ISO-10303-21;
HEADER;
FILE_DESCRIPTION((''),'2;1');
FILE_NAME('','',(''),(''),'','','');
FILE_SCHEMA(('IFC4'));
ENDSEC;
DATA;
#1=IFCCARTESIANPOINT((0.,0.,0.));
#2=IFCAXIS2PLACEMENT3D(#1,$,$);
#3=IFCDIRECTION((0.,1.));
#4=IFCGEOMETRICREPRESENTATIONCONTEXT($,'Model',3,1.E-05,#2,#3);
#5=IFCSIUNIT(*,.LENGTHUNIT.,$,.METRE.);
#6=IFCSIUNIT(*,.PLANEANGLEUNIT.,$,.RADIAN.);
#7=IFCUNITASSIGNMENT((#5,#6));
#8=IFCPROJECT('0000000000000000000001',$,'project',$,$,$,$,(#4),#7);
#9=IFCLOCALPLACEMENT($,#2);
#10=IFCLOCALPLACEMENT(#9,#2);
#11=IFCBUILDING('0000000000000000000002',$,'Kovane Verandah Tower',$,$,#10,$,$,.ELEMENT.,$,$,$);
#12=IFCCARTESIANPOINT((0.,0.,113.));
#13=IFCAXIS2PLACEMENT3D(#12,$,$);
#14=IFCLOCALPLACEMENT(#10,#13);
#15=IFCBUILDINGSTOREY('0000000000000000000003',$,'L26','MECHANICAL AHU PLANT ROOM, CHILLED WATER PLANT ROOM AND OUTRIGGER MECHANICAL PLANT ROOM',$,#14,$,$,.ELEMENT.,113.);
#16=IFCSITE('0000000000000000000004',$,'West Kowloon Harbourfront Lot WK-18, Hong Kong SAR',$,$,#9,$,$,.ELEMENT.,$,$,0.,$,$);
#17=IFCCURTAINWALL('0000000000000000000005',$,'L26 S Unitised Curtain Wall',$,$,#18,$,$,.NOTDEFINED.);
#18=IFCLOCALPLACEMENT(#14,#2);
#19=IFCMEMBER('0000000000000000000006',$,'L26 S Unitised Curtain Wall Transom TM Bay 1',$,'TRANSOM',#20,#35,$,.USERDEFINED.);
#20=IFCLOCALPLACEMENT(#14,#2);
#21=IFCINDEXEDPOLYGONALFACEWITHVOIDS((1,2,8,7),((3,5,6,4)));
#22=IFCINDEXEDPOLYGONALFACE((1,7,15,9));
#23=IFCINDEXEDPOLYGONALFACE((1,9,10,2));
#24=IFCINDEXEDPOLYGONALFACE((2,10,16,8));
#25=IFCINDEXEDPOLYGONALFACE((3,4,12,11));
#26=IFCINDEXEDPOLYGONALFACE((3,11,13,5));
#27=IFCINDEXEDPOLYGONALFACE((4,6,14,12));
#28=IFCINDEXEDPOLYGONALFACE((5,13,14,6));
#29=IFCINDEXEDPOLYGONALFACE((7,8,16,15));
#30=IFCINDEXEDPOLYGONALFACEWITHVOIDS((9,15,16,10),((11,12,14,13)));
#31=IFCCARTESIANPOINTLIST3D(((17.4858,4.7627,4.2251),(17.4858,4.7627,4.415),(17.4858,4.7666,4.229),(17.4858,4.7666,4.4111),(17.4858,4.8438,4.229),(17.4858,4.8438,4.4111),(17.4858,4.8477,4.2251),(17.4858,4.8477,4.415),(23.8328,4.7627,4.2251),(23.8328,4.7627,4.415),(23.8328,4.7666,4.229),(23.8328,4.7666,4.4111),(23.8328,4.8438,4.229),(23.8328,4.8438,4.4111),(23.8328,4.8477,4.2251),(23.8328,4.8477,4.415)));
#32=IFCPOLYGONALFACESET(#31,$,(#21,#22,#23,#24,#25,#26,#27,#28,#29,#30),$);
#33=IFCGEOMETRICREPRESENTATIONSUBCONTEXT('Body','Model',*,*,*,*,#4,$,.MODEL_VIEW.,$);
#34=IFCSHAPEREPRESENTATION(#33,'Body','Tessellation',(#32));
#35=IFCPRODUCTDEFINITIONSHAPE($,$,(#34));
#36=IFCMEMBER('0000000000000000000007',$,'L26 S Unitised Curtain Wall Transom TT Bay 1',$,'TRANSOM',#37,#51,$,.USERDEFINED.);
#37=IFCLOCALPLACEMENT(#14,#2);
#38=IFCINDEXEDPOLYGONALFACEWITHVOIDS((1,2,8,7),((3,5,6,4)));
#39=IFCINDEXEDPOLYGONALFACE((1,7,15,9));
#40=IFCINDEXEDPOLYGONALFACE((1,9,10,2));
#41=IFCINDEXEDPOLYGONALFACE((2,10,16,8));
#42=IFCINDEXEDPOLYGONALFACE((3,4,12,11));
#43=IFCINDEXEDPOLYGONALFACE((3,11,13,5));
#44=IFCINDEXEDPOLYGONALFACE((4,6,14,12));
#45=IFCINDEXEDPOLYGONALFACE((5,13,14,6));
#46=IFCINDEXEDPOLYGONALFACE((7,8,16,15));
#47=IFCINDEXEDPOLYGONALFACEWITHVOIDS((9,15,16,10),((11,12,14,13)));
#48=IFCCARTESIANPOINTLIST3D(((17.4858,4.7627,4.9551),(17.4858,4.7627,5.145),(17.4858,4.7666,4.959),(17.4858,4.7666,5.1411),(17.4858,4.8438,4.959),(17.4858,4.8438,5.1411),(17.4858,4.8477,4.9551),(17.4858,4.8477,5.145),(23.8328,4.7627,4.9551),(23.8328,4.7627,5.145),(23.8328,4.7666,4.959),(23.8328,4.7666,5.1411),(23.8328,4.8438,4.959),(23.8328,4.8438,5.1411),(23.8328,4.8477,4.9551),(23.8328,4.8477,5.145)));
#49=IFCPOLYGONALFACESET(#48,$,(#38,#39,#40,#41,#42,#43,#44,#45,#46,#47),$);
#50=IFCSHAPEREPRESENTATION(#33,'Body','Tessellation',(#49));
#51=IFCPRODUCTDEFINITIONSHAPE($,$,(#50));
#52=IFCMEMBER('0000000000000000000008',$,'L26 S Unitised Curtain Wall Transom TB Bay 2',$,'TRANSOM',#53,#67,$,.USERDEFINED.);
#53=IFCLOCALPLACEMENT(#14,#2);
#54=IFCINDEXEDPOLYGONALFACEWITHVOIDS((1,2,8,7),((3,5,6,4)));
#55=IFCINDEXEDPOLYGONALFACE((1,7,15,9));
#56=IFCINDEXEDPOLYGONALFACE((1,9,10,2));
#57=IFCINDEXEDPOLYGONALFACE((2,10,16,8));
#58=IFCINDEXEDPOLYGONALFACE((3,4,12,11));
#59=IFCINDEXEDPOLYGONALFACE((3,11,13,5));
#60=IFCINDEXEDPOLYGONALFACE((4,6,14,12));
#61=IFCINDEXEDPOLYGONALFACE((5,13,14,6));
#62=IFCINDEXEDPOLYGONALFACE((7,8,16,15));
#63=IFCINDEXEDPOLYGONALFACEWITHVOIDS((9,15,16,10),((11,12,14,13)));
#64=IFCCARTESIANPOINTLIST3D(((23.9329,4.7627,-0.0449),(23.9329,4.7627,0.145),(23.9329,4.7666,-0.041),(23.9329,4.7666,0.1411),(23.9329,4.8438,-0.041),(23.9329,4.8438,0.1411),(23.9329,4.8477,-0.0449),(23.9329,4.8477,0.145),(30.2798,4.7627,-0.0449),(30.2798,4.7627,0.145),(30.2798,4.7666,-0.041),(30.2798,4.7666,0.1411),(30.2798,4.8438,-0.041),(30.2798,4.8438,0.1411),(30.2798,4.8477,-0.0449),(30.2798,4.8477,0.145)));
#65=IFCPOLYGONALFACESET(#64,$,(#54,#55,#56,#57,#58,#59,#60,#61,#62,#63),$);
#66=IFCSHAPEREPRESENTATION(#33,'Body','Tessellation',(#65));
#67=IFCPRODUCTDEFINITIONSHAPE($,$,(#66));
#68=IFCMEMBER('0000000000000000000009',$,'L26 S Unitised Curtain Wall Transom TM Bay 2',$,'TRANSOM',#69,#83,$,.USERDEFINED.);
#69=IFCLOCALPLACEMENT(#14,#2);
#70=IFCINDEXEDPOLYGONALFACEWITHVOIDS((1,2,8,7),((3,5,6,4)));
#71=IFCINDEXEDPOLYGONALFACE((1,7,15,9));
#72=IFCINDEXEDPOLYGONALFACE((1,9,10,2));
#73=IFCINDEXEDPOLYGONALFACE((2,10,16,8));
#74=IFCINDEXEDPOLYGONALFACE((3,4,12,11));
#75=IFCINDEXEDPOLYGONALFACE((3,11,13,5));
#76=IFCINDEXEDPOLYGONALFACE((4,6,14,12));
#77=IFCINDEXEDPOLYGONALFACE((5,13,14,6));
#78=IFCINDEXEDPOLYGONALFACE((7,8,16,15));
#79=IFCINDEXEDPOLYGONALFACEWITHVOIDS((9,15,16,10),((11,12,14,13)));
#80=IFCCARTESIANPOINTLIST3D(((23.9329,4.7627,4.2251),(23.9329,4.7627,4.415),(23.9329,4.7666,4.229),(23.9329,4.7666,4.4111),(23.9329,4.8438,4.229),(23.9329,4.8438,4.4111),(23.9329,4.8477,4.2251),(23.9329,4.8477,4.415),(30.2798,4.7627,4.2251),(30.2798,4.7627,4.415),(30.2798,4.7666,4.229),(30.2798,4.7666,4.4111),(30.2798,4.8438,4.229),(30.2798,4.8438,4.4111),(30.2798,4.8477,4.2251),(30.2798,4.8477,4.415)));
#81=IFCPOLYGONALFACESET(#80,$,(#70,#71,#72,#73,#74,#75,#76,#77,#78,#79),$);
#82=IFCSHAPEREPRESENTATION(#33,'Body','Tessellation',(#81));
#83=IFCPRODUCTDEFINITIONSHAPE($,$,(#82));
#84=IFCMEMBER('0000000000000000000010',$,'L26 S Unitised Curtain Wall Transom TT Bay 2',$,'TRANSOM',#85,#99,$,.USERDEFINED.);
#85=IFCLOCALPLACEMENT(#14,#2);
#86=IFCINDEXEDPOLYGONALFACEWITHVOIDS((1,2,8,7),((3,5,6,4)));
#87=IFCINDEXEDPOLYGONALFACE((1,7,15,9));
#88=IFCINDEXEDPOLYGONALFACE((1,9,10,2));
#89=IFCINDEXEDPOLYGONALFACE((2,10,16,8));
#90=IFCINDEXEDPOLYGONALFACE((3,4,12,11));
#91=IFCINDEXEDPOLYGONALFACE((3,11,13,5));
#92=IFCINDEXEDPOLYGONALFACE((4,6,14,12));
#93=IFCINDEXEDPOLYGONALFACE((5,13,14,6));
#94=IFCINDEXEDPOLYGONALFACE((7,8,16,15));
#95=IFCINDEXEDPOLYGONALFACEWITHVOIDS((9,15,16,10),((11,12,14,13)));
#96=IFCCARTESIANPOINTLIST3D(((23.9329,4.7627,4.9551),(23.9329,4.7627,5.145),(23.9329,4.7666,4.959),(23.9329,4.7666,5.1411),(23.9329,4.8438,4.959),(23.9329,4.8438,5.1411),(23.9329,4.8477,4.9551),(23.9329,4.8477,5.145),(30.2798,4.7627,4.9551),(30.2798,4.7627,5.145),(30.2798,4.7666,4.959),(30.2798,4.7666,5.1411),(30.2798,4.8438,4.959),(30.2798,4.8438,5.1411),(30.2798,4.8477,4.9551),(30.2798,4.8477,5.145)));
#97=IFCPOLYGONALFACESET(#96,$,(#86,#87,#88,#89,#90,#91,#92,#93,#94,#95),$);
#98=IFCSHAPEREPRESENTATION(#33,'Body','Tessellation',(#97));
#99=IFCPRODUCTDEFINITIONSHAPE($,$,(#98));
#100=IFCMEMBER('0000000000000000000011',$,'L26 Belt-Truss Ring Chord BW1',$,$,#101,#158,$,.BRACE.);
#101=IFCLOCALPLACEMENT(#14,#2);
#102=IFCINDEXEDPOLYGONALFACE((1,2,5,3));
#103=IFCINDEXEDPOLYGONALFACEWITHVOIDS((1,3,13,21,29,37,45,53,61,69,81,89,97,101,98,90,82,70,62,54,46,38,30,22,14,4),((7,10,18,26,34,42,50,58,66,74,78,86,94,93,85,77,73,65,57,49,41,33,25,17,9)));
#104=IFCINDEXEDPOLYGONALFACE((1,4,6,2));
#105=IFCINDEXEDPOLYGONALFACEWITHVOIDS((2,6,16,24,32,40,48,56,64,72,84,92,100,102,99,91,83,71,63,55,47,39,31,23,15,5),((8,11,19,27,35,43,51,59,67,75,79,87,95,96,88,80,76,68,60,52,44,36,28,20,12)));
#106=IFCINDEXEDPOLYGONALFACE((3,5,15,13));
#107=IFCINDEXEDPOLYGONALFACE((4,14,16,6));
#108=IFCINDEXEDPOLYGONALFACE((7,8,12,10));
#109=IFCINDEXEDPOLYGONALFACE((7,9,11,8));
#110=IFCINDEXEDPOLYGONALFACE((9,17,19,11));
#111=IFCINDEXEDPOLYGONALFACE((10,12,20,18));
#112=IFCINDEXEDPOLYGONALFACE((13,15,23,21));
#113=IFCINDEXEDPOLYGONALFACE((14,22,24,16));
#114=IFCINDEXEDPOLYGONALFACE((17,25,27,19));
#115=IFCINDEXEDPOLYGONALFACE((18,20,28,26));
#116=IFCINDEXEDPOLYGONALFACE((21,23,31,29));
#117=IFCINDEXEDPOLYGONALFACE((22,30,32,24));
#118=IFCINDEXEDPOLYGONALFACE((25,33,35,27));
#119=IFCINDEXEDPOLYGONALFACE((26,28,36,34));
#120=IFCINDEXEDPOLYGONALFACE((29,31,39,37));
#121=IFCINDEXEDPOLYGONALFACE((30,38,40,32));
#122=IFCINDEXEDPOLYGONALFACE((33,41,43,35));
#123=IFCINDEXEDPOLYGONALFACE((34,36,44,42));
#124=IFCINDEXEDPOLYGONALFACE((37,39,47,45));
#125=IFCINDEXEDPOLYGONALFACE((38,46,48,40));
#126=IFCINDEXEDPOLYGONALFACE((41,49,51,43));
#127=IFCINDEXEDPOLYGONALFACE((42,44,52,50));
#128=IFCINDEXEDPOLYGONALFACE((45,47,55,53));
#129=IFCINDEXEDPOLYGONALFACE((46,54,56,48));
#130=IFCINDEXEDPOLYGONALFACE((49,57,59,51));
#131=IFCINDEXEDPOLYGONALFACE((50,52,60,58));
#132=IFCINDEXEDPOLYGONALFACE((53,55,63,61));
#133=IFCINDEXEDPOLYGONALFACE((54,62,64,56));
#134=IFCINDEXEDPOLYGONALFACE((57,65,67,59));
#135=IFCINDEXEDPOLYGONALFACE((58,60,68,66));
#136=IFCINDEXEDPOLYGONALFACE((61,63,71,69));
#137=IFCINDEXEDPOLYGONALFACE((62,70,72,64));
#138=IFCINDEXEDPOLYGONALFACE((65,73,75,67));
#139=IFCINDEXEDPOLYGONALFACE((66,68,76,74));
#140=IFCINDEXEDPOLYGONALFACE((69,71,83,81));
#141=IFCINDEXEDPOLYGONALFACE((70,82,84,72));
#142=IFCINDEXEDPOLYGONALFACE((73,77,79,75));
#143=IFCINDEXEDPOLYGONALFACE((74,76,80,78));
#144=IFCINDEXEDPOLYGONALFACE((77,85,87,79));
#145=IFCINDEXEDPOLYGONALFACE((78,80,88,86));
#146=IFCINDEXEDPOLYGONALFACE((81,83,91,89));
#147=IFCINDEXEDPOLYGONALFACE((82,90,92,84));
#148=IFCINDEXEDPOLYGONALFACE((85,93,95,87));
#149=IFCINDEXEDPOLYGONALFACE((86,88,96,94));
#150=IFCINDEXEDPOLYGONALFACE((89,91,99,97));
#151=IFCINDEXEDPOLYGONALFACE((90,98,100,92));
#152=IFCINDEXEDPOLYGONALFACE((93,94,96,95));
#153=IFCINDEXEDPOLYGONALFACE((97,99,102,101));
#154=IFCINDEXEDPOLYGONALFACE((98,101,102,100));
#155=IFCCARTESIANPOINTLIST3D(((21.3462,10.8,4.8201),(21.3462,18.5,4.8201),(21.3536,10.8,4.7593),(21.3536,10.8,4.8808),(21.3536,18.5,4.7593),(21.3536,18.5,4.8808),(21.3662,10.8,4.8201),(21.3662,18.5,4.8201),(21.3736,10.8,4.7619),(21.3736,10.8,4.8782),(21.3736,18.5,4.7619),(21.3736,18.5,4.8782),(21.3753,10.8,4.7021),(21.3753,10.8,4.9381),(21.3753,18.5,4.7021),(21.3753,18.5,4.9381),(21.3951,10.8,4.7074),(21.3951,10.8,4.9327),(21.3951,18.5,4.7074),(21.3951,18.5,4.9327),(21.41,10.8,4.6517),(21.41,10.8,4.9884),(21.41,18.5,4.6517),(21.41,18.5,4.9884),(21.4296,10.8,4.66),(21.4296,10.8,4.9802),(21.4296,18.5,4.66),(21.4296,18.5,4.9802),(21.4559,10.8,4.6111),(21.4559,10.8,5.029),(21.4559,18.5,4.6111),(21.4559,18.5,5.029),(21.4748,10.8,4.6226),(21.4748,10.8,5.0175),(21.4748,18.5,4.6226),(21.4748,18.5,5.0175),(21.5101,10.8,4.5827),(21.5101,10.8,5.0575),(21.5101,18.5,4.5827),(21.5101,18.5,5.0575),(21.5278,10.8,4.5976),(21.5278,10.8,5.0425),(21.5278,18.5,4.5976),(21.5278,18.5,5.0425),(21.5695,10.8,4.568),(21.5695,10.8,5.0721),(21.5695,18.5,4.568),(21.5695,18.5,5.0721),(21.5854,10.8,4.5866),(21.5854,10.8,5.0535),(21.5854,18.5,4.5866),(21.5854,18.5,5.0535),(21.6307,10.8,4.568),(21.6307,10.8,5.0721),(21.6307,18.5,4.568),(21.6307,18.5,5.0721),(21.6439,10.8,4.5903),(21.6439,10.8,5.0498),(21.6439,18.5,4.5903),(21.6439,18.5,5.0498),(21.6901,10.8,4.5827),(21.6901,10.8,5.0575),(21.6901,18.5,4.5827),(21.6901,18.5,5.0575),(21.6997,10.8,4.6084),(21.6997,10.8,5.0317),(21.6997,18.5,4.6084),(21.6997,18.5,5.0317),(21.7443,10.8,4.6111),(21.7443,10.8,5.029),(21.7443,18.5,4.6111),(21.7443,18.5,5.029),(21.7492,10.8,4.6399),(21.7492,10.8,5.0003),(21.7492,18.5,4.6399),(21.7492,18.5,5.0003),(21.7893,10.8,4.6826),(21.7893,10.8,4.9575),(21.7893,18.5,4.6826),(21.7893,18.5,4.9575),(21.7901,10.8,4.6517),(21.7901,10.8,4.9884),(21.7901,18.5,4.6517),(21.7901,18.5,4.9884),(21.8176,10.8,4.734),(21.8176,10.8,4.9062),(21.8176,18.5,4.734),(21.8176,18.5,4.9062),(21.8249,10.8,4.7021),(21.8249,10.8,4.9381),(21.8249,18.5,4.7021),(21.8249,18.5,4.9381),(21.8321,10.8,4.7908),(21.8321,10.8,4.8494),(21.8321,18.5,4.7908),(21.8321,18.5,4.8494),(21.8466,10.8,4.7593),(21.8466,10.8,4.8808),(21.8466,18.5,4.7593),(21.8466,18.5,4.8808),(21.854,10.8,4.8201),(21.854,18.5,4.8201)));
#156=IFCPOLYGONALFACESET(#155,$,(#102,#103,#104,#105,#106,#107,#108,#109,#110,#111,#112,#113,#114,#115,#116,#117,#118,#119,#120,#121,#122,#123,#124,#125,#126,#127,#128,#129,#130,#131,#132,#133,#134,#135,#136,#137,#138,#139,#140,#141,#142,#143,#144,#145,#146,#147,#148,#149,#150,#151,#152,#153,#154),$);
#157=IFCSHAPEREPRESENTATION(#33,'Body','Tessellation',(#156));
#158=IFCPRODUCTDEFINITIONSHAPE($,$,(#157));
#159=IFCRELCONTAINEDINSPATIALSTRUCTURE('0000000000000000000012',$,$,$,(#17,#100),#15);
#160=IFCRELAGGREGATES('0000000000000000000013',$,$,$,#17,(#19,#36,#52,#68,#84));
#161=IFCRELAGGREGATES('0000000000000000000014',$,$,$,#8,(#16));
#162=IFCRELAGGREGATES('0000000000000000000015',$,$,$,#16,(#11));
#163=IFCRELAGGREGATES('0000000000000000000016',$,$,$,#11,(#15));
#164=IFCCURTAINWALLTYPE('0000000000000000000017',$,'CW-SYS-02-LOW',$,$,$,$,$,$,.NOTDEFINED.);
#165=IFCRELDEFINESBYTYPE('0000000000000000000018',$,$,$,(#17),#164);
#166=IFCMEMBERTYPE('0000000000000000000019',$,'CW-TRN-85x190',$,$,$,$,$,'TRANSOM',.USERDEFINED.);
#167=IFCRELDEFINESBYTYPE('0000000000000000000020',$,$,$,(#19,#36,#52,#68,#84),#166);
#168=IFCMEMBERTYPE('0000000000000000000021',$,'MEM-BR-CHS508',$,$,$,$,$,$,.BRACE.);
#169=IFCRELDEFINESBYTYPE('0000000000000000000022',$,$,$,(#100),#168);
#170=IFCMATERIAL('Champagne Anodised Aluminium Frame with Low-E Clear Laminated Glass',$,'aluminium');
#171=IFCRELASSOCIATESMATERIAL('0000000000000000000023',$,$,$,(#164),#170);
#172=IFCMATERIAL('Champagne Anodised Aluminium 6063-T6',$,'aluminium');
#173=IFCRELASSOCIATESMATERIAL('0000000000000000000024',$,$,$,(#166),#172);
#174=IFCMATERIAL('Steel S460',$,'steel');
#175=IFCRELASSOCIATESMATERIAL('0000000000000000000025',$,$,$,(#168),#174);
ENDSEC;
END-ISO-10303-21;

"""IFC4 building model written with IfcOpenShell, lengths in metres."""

from ifc_helpers import new_model, si_unit, direction, frame, origin, origin_2d, place, context, subcontext, project, spatial, hollow_rectangle, hollow_circle, extrude, material, material_profile, profile_set, type_object, element, aggregate, save


model = new_model("IFC4")

# Units and contexts
model_context = context("Model", 3, precision=1e-05, world=origin(), true_north=direction((0.0, 1.0)))
body_context = subcontext(model_context, "Body", "Model", "MODEL_VIEW")
ifc_project = project(units=[si_unit("LENGTHUNIT", "METRE"), si_unit("PLANEANGLEUNIT", "RADIAN")], contexts=[model_context])

# Site, building, storey
site_placement = place(None, origin())
site = spatial("IfcSite", under=ifc_project, at=site_placement, Name="West Kowloon Harbourfront Lot WK-18, Hong Kong SAR", CompositionType="ELEMENT", RefElevation=0.0)
building_placement = place(site_placement, origin())
building = spatial("IfcBuilding", under=site, at=building_placement, Name="Kovane Verandah Tower", CompositionType="ELEMENT")
storey_placement = place(building_placement, frame((0.0, 0.0, 113.0)))
storey = spatial("IfcBuildingStorey", under=building, at=storey_placement, Name="L26", Description="MECHANICAL AHU PLANT ROOM, CHILLED WATER PLANT ROOM AND OUTRIGGER MECHANICAL PLANT ROOM", CompositionType="ELEMENT", Elevation=113.0)

# Shared definitions
ifc_material_1 = material(Name="Steel S460", Category="steel")

# Curtain wall, members
ifc_material_2 = material(Name="Champagne Anodised Aluminium Frame with Low-E Clear Laminated Glass", Category="aluminium")
curtain_wall_type = type_object("IfcCurtainWallType", Name="CW-SYS-02-LOW", PredefinedType="NOTDEFINED", material=ifc_material_2)
curtain_wall_placement = place(storey_placement, origin())
curtain_wall = element("IfcCurtainWall", 1, at=curtain_wall_placement, inside=storey, type_object=curtain_wall_type, Name="L26 S Unitised Curtain Wall", PredefinedType="NOTDEFINED")
ifc_material_3 = material(Name="Champagne Anodised Aluminium 6063-T6", Category="aluminium")
ifc_material_profile_1 = material_profile(ifc_material_3, hollow_rectangle(XDim=0.085, YDim=0.1899, WallThickness=0.0039, at=origin_2d()), Name="AL85x190x4")
ifc_profile_set_1 = profile_set([ifc_material_profile_1], Name="Champagne Anodised Aluminium 6063-T6")
member_type_1 = type_object("IfcMemberType", Name="CW-TRN-85x190", ElementType="TRANSOM", PredefinedType="USERDEFINED", material=ifc_profile_set_1)
member_1_placement = place(storey_placement, frame((17.4858, 4.8052, 4.3201), z_axis=(1.0, 0.0, 0.0), x_axis=(0.0, 1.0, 0.0)))
member_1 = element("IfcMember", 2, at=member_1_placement, type_object=member_type_1, Name="L26 S Unitised Curtain Wall Transom TM Bay 1", ObjectType="TRANSOM", PredefinedType="USERDEFINED", context=body_context, shape_type="SweptSolid", body=[
    extrude(hollow_rectangle(XDim=0.085, YDim=0.1899, WallThickness=0.0039, at=origin_2d()), origin(), (0.0, 0.0, 1.0), 6.3469),
])
member_2_placement = place(storey_placement, frame((17.4858, 4.8052, 5.05), z_axis=(1.0, 0.0, 0.0), x_axis=(0.0, 1.0, 0.0)))
member_2 = element("IfcMember", 3, at=member_2_placement, type_object=member_type_1, Name="L26 S Unitised Curtain Wall Transom TT Bay 1", ObjectType="TRANSOM", PredefinedType="USERDEFINED", context=body_context, shape_type="SweptSolid", body=[
    extrude(hollow_rectangle(XDim=0.085, YDim=0.1899, WallThickness=0.0039, at=origin_2d()), origin(), (0.0, 0.0, 1.0), 6.3469),
])
member_3_placement = place(storey_placement, frame((23.9329, 4.8052, 0.05), z_axis=(1.0, 0.0, 0.0), x_axis=(0.0, 1.0, 0.0)))
member_3 = element("IfcMember", 4, at=member_3_placement, type_object=member_type_1, Name="L26 S Unitised Curtain Wall Transom TB Bay 2", ObjectType="TRANSOM", PredefinedType="USERDEFINED", context=body_context, shape_type="SweptSolid", body=[
    extrude(hollow_rectangle(XDim=0.085, YDim=0.1899, WallThickness=0.0039, at=origin_2d()), origin(), (0.0, 0.0, 1.0), 6.3469),
])
member_4_placement = place(storey_placement, frame((23.9329, 4.8052, 4.3201), z_axis=(1.0, 0.0, 0.0), x_axis=(0.0, 1.0, 0.0)))
member_4 = element("IfcMember", 5, at=member_4_placement, type_object=member_type_1, Name="L26 S Unitised Curtain Wall Transom TM Bay 2", ObjectType="TRANSOM", PredefinedType="USERDEFINED", context=body_context, shape_type="SweptSolid", body=[
    extrude(hollow_rectangle(XDim=0.085, YDim=0.1899, WallThickness=0.0039, at=origin_2d()), origin(), (0.0, 0.0, 1.0), 6.3469),
])
member_5_placement = place(storey_placement, frame((23.9329, 4.8052, 5.05), z_axis=(1.0, 0.0, 0.0), x_axis=(0.0, 1.0, 0.0)))
member_5 = element("IfcMember", 6, at=member_5_placement, type_object=member_type_1, Name="L26 S Unitised Curtain Wall Transom TT Bay 2", ObjectType="TRANSOM", PredefinedType="USERDEFINED", context=body_context, shape_type="SweptSolid", body=[
    extrude(hollow_rectangle(XDim=0.085, YDim=0.1899, WallThickness=0.0039, at=origin_2d()), origin(), (0.0, 0.0, 1.0), 6.3469),
])

# Member
ifc_material_profile_2 = material_profile(ifc_material_1, hollow_circle(Radius=0.2539, WallThickness=0.02, at=origin_2d()), Name="CHS508x20")
ifc_profile_set_2 = profile_set([ifc_material_profile_2], Name="Steel S460")
member_type_2 = type_object("IfcMemberType", Name="MEM-BR-CHS508", PredefinedType="BRACE", material=ifc_profile_set_2)
member_6_placement = place(storey_placement, frame((21.6001, 10.8, 4.8201), z_axis=(0.0, 1.0, 0.0), x_axis=(-1.0, 0.0, 0.0)))
element("IfcMember", 7, at=member_6_placement, inside=storey, type_object=member_type_2, Name="L26 Belt-Truss Ring Chord BW1", PredefinedType="BRACE", context=body_context, shape_type="SweptSolid", body=[
    extrude(hollow_circle(Radius=0.2539, WallThickness=0.02, at=origin_2d()), origin(), (0.0, 0.0, 1.0), 7.7),
])

aggregate(curtain_wall, [member_1, member_2, member_3, member_4, member_5])

save(model, "model.ifc")
